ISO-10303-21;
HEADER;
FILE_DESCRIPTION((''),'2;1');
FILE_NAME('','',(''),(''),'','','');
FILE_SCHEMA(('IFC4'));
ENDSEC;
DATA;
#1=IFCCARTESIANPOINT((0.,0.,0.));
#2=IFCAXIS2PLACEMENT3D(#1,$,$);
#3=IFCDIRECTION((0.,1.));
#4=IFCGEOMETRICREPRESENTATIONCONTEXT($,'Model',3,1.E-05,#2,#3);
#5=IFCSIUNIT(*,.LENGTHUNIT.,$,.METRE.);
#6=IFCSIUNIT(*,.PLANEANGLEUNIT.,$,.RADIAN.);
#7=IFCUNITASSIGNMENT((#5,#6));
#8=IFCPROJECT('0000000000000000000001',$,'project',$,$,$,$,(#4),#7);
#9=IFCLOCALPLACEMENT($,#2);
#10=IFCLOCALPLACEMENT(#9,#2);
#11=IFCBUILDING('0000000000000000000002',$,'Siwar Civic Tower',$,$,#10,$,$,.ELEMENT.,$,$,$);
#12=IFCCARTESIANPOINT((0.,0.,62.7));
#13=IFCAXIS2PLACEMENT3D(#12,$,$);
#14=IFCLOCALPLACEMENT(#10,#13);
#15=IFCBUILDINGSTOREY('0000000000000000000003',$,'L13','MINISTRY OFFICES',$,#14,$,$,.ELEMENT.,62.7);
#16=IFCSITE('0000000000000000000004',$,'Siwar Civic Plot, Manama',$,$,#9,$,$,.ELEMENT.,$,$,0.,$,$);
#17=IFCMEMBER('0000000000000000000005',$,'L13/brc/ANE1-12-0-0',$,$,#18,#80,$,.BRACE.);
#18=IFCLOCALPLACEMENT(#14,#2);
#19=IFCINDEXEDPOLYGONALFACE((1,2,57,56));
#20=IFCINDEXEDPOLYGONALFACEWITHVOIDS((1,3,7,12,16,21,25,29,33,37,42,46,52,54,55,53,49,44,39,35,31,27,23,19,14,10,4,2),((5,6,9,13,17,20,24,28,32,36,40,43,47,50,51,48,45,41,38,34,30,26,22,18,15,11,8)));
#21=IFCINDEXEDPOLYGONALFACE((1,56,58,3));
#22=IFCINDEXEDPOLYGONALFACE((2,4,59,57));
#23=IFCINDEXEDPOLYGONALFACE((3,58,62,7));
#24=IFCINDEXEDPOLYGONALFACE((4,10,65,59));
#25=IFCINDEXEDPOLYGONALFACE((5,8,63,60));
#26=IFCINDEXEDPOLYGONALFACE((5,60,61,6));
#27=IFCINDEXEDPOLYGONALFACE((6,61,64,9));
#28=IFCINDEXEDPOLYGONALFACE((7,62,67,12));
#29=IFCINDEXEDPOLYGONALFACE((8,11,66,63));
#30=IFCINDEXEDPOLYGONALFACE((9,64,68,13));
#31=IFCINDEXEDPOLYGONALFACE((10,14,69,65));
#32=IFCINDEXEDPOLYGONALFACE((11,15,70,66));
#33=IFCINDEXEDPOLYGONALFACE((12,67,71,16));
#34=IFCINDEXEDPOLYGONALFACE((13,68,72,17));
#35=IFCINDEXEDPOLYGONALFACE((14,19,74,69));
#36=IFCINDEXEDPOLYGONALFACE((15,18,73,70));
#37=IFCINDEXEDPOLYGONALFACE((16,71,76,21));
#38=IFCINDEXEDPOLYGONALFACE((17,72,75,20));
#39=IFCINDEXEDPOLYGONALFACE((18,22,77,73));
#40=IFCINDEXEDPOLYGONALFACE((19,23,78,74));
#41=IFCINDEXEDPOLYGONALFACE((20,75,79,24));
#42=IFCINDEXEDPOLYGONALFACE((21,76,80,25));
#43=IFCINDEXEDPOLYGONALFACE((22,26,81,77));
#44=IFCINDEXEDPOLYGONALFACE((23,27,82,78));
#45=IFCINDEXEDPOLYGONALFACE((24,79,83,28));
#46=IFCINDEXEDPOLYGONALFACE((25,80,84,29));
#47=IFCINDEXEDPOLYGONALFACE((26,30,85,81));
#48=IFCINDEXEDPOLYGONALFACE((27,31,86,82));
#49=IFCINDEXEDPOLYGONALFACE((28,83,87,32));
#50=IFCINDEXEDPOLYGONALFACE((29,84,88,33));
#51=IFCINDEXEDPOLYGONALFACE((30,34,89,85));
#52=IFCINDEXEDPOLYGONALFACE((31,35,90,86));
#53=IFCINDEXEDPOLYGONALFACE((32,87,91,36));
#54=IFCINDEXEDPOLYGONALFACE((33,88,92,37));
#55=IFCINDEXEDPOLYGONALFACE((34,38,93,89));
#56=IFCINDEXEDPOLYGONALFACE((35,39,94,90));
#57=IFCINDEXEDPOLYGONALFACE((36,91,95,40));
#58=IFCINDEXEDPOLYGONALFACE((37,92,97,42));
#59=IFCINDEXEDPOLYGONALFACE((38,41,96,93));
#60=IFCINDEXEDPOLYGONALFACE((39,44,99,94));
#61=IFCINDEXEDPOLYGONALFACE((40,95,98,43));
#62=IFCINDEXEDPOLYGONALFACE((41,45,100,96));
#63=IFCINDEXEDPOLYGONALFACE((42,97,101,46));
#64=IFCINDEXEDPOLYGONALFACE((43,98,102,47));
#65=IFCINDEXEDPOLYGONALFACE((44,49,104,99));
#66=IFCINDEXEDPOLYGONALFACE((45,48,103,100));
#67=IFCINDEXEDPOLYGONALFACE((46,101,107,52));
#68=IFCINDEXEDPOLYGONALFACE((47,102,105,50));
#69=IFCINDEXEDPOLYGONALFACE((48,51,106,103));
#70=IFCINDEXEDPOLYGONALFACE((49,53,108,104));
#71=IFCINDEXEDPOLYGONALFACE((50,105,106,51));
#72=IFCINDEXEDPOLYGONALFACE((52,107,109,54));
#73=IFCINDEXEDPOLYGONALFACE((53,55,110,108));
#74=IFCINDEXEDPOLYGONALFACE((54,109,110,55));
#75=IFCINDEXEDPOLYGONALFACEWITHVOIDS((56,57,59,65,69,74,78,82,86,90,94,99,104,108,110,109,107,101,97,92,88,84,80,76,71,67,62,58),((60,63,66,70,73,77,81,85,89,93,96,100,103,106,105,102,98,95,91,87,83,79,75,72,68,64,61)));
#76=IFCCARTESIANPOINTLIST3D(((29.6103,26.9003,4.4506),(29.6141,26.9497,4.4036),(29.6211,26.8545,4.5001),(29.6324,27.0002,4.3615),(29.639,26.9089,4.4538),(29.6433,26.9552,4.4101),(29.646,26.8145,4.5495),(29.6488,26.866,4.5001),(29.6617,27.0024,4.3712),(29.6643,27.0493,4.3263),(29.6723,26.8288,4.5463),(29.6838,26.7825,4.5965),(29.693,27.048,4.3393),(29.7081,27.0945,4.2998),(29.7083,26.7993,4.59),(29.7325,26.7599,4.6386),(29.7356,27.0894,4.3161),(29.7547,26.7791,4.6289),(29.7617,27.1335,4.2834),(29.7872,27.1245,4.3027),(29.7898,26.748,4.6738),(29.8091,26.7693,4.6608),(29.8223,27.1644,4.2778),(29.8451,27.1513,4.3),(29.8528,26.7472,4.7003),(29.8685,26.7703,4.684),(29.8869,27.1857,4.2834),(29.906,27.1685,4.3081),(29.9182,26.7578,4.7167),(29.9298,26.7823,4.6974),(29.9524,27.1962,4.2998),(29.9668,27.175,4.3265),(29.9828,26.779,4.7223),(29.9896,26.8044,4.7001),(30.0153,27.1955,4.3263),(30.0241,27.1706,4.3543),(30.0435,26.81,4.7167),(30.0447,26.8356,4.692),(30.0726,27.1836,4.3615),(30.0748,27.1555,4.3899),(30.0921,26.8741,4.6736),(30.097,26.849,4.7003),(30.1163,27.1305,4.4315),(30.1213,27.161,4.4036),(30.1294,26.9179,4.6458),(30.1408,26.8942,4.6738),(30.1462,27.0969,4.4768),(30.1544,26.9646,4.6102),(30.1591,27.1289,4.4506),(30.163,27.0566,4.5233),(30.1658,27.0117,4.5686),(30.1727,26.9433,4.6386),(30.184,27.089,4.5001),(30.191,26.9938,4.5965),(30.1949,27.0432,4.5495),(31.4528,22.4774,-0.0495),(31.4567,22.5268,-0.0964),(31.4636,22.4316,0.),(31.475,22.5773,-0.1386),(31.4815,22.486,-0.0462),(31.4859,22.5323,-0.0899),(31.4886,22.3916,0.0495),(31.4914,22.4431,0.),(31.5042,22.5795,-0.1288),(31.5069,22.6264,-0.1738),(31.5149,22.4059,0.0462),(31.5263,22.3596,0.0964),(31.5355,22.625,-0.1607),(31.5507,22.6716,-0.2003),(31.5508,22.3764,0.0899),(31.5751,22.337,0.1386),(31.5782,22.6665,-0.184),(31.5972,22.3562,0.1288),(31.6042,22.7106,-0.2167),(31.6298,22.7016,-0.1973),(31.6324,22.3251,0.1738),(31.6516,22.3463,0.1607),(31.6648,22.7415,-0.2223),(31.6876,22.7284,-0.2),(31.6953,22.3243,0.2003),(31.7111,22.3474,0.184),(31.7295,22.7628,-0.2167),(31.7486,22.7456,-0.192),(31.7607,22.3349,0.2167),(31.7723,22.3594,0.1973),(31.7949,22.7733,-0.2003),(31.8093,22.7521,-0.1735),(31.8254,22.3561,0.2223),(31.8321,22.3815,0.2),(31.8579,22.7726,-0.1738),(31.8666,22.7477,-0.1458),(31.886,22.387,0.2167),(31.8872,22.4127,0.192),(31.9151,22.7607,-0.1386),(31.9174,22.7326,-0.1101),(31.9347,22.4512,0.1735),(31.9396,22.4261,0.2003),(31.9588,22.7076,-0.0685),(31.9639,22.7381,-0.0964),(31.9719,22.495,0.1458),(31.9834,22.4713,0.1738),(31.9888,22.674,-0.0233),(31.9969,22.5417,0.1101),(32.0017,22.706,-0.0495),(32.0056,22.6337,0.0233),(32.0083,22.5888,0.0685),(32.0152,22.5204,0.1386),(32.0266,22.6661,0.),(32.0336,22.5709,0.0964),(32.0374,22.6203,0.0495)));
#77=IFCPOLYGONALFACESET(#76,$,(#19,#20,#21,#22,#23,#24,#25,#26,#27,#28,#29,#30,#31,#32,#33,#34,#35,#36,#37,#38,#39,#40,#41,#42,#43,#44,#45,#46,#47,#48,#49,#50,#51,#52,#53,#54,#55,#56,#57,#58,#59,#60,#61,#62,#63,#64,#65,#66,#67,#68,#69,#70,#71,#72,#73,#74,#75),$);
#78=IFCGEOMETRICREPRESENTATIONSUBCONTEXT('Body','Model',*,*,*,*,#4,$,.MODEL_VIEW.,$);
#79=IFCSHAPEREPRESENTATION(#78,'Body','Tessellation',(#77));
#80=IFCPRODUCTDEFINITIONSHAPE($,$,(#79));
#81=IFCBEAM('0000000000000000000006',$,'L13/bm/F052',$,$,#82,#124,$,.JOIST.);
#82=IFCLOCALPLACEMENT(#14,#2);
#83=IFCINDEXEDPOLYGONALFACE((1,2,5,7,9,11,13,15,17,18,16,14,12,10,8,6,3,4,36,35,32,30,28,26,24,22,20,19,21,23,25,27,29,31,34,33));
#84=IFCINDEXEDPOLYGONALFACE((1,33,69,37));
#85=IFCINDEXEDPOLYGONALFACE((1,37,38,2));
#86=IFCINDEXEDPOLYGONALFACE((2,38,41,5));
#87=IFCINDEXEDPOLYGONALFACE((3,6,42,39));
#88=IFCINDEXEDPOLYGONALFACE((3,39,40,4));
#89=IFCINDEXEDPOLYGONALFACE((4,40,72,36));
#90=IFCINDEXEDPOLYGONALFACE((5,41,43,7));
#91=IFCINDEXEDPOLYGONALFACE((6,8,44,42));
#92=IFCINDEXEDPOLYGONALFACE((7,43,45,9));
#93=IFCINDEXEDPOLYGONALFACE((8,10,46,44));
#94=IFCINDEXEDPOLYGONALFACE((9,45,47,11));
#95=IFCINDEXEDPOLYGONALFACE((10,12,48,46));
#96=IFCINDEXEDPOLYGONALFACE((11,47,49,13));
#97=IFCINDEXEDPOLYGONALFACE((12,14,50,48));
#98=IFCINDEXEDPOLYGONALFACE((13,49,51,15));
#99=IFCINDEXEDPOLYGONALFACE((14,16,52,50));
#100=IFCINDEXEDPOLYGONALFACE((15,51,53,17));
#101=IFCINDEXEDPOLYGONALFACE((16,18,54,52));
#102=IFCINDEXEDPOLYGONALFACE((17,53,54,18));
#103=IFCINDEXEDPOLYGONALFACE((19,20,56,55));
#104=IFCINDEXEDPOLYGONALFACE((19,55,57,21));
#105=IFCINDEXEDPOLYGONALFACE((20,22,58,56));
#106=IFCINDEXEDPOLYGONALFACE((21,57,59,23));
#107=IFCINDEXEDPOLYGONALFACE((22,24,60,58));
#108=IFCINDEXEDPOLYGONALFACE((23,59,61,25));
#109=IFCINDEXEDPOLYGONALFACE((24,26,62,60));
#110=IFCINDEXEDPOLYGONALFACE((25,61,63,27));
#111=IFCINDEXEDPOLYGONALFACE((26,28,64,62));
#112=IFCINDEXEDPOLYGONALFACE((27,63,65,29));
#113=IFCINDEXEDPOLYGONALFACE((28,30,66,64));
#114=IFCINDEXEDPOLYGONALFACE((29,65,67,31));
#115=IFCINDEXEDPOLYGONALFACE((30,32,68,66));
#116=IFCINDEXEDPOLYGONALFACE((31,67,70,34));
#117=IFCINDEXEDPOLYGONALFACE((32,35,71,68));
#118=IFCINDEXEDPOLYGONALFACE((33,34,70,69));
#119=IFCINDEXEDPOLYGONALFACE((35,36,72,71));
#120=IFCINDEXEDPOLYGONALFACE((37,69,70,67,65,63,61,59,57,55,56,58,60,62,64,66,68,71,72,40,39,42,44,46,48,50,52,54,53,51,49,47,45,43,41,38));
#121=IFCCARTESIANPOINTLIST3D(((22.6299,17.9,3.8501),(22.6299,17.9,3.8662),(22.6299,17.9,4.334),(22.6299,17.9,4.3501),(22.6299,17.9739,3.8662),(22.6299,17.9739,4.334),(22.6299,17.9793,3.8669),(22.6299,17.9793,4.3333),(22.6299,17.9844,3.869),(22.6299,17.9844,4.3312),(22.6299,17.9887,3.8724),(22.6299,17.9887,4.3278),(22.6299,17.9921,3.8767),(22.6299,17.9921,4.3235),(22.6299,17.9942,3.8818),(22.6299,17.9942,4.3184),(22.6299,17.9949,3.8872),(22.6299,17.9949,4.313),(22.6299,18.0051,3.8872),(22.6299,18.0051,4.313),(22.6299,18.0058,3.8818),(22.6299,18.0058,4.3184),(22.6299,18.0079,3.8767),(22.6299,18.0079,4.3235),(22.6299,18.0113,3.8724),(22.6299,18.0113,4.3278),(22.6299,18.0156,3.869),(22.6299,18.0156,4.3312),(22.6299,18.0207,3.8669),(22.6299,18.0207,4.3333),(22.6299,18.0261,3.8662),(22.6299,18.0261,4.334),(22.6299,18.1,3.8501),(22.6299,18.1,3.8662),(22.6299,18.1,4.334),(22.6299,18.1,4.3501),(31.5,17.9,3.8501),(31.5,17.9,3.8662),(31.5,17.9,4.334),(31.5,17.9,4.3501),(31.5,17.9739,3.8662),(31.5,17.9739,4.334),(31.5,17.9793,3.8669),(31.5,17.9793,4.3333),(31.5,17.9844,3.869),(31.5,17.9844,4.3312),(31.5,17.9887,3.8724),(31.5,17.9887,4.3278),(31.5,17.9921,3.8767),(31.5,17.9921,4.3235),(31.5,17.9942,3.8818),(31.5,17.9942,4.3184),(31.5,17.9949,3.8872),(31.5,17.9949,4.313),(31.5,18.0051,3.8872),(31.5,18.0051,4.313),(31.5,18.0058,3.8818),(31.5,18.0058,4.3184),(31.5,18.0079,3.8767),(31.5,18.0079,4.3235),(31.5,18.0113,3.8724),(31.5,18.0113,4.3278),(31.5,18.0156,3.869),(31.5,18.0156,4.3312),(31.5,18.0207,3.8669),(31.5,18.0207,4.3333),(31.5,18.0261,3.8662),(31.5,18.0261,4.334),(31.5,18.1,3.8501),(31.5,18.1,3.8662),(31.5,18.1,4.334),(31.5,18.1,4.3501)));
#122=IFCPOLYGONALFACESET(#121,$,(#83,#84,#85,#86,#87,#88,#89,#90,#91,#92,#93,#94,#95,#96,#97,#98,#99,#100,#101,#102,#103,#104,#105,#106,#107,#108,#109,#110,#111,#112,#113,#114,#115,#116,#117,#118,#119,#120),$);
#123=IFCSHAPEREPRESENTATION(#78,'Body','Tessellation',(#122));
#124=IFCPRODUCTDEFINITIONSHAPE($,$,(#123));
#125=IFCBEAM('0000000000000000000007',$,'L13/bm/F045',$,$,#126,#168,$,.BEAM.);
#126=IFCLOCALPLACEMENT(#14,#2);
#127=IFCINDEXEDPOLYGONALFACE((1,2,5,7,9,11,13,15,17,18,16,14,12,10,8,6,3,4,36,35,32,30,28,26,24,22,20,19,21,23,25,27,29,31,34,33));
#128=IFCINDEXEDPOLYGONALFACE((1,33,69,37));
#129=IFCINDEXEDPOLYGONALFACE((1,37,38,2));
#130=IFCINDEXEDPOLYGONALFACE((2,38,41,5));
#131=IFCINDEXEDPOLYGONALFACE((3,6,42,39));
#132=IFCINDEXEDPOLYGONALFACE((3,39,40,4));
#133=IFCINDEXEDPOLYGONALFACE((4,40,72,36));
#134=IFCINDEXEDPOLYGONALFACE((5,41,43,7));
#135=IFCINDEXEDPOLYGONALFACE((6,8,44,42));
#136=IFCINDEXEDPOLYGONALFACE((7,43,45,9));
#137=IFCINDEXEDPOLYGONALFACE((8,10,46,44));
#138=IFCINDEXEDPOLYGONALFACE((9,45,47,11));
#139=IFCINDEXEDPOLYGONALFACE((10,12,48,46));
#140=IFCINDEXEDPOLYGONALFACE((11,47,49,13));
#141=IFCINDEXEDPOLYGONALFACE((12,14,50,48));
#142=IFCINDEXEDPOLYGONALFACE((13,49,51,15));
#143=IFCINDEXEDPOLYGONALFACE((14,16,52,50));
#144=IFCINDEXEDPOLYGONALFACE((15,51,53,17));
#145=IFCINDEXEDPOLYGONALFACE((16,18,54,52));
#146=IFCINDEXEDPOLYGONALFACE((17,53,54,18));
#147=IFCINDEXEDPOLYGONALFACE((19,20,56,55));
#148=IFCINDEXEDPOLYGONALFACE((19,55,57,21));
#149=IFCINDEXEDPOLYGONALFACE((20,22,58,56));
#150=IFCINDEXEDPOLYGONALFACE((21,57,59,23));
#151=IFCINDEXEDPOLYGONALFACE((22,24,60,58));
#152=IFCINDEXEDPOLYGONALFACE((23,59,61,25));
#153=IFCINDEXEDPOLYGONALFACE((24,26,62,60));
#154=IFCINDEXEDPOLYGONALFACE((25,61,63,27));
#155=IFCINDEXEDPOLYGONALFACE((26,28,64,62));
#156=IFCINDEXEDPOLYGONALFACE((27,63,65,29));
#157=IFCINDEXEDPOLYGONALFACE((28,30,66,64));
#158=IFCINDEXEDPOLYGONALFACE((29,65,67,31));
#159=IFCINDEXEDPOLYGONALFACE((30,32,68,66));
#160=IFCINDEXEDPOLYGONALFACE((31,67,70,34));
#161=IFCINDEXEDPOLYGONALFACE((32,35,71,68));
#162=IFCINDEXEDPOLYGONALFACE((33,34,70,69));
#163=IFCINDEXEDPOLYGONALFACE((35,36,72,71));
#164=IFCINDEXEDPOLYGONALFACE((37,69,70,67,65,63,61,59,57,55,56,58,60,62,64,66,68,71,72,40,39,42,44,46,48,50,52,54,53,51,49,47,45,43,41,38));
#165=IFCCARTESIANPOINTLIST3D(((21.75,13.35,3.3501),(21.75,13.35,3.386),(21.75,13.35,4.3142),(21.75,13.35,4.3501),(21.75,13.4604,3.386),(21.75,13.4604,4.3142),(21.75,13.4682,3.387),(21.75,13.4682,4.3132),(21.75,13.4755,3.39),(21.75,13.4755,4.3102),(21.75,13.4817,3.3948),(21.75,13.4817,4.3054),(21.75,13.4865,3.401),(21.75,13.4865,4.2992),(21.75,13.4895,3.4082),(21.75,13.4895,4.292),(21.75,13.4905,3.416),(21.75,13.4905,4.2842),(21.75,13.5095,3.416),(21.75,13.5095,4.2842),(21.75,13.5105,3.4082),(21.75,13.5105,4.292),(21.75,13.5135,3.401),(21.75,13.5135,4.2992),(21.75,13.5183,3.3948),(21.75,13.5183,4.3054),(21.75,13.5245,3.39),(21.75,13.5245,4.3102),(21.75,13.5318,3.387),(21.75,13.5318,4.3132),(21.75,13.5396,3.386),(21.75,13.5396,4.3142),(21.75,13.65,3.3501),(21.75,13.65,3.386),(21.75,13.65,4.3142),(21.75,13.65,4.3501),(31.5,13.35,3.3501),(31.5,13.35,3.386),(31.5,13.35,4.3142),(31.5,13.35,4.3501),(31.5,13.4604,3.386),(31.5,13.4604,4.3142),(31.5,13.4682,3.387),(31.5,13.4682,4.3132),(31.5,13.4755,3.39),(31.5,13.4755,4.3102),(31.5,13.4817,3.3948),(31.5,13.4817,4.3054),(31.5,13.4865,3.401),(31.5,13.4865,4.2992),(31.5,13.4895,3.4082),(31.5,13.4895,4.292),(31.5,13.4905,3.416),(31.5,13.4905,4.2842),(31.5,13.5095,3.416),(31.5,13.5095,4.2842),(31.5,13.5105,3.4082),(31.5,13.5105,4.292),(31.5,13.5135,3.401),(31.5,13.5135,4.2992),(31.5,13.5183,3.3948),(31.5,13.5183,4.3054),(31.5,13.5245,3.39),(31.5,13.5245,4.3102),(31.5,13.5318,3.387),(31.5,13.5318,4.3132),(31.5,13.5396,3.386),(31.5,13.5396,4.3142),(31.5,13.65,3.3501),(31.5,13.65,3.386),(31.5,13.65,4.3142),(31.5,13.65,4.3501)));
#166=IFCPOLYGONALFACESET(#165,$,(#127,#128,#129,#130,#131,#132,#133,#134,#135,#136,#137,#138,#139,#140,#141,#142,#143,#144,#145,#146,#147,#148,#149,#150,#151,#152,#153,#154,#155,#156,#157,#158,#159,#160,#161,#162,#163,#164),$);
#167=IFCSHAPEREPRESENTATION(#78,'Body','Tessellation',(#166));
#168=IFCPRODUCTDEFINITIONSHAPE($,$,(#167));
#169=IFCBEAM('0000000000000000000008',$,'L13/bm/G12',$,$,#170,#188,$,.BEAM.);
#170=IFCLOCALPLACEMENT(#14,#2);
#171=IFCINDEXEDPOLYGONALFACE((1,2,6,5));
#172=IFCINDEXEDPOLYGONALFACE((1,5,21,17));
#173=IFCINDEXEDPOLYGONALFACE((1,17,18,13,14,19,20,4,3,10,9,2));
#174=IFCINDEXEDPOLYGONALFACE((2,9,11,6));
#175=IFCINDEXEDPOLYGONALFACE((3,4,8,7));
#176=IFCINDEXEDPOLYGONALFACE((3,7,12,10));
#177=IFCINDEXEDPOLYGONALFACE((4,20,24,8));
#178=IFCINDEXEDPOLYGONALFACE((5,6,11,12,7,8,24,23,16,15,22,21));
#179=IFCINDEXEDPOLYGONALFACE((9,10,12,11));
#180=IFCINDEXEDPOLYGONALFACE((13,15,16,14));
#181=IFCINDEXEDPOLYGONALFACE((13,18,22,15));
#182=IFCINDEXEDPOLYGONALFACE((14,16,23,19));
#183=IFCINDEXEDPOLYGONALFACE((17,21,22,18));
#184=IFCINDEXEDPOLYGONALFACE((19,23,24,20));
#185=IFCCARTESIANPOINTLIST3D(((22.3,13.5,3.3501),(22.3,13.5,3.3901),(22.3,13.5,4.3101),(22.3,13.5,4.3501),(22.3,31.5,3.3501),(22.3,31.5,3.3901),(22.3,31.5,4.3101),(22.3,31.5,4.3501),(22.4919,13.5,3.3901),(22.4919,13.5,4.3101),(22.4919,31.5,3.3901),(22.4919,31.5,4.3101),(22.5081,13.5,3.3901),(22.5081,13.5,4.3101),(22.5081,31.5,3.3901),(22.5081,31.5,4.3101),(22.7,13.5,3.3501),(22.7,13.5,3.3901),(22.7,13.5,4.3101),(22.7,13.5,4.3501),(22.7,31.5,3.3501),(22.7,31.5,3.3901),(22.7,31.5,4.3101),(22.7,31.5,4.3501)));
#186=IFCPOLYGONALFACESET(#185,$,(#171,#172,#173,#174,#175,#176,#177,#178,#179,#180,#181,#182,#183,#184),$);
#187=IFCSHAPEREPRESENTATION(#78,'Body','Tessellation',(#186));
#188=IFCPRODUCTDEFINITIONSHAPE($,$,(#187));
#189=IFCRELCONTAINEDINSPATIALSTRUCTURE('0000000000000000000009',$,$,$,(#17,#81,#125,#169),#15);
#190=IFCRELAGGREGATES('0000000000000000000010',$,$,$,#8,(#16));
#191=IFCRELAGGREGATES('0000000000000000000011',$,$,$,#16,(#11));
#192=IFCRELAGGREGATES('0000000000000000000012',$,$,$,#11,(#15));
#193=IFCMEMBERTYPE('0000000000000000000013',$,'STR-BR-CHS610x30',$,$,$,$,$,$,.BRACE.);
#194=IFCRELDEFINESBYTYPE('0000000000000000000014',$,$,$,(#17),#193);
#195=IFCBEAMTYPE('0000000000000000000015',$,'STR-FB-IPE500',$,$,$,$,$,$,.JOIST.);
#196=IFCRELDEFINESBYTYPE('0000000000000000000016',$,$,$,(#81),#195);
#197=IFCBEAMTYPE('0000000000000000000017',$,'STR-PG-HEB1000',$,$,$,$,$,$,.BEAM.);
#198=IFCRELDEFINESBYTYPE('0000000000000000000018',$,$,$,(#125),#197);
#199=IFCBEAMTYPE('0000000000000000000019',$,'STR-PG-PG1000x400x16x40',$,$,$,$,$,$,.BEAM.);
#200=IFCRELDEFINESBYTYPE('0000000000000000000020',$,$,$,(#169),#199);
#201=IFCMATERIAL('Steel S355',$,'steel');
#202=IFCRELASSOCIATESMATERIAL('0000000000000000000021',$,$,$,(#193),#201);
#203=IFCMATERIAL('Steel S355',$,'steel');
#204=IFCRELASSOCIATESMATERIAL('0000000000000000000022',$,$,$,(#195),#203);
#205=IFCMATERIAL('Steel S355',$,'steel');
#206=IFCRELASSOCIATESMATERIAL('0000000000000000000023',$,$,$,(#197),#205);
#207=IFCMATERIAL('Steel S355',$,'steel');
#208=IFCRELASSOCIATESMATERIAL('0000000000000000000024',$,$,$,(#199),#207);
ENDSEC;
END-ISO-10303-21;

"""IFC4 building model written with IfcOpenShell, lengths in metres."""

from ifc_helpers import new_model, si_unit, direction, frame, origin, origin_2d, place, context, subcontext, project, spatial, hollow_circle, i_section, extrude, material, material_profile, profile_set, type_object, element, save


model = new_model("IFC4")

# Units and contexts
model_context = context("Model", 3, precision=1e-05, world=origin(), true_north=direction((0.0, 1.0)))
body_context = subcontext(model_context, "Body", "Model", "MODEL_VIEW")
ifc_project = project(units=[si_unit("LENGTHUNIT", "METRE"), si_unit("PLANEANGLEUNIT", "RADIAN")], contexts=[model_context])

# Site, building, storey
site_placement = place(None, origin())
site = spatial("IfcSite", under=ifc_project, at=site_placement, Name="Siwar Civic Plot, Manama", CompositionType="ELEMENT", RefElevation=0.0)
building_placement = place(site_placement, origin())
building = spatial("IfcBuilding", under=site, at=building_placement, Name="Siwar Civic Tower", CompositionType="ELEMENT")
storey_placement = place(building_placement, frame((0.0, 0.0, 62.7)))
storey = spatial("IfcBuildingStorey", under=building, at=storey_placement, Name="L13", Description="MINISTRY OFFICES", CompositionType="ELEMENT", Elevation=62.7)

# Member
ifc_material_1 = material(Name="Steel S355", Category="steel")
ifc_material_profile_1 = material_profile(ifc_material_1, hollow_circle(Radius=0.3049, WallThickness=0.03, at=origin_2d()), Name="CHS610x30")
ifc_profile_set_1 = profile_set([ifc_material_profile_1], Name="Steel S355")
member_type_1 = type_object("IfcMemberType", Name="STR-BR-CHS610x30", PredefinedType="BRACE", material=ifc_profile_set_1)
member_1_placement = place(storey_placement, frame((31.7451, 22.5488, 0.0), z_axis=(-0.280311, 0.672865, 0.684601), x_axis=(-0.923101, -0.384557, 0.0)))
element("IfcMember", 1, at=member_1_placement, inside=storey, type_object=member_type_1, Name="L13/brc/ANE1-12-0-0", PredefinedType="BRACE", context=body_context, shape_type="SweptSolid", body=[
    extrude(hollow_circle(Radius=0.3049, WallThickness=0.03, at=origin_2d()), origin(), (0.0, 0.0, 1.0), 6.5732),
])

# Beams
ifc_material_2 = material(Name="Steel S355", Category="steel")
ifc_material_profile_2 = material_profile(ifc_material_2, i_section(OverallWidth=0.2, OverallDepth=0.5, WebThickness=0.0103, FlangeThickness=0.0161, FilletRadius=0.021, at=origin_2d()), Name="IPE500")
ifc_profile_set_2 = profile_set([ifc_material_profile_2], Name="Steel S355")
beam_type_1 = type_object("IfcBeamType", Name="STR-FB-IPE500", PredefinedType="JOIST", material=ifc_profile_set_2)
beam_1_placement = place(storey_placement, frame((22.6299, 18.0, 4.1001), z_axis=(1.0, 0.0, 0.0), x_axis=(0.0, 1.0, 0.0)))
element("IfcBeam", 2, at=beam_1_placement, inside=storey, type_object=beam_type_1, Name="L13/bm/F052", PredefinedType="JOIST", context=body_context, shape_type="SweptSolid", body=[
    extrude(i_section(OverallWidth=0.2, OverallDepth=0.5, WebThickness=0.0103, FlangeThickness=0.0161, FilletRadius=0.021, at=origin_2d()), origin(), (0.0, 0.0, 1.0), 8.8701),
])
ifc_material_3 = material(Name="Steel S355", Category="steel")
ifc_material_profile_3 = material_profile(ifc_material_3, i_section(OverallWidth=0.3, OverallDepth=1.0, WebThickness=0.019, FlangeThickness=0.0359, FilletRadius=0.03, at=origin_2d()), Name="HEB1000")
ifc_profile_set_3 = profile_set([ifc_material_profile_3], Name="Steel S355")
beam_type_2 = type_object("IfcBeamType", Name="STR-PG-HEB1000", PredefinedType="BEAM", material=ifc_profile_set_3)
beam_2_placement = place(storey_placement, frame((21.75, 13.5, 3.8501), z_axis=(1.0, 0.0, 0.0), x_axis=(0.0, 1.0, 0.0)))
element("IfcBeam", 3, at=beam_2_placement, inside=storey, type_object=beam_type_2, Name="L13/bm/F045", PredefinedType="BEAM", context=body_context, shape_type="SweptSolid", body=[
    extrude(i_section(OverallWidth=0.3, OverallDepth=1.0, WebThickness=0.019, FlangeThickness=0.0359, FilletRadius=0.03, at=origin_2d()), origin(), (0.0, 0.0, 1.0), 9.75),
])
ifc_material_4 = material(Name="Steel S355", Category="steel")
ifc_material_profile_4 = material_profile(ifc_material_4, i_section(OverallWidth=0.3999, OverallDepth=1.0, WebThickness=0.0161, FlangeThickness=0.04, at=origin_2d()), Name="PG1000x400x16x40")
ifc_profile_set_4 = profile_set([ifc_material_profile_4], Name="Steel S355")
beam_type_3 = type_object("IfcBeamType", Name="STR-PG-PG1000x400x16x40", PredefinedType="BEAM", material=ifc_profile_set_4)
beam_3_placement = place(storey_placement, frame((22.5, 13.5, 3.8501), z_axis=(0.0, 1.0, 0.0), x_axis=(-1.0, 0.0, 0.0)))
element("IfcBeam", 4, at=beam_3_placement, inside=storey, type_object=beam_type_3, Name="L13/bm/G12", PredefinedType="BEAM", context=body_context, shape_type="SweptSolid", body=[
    extrude(i_section(OverallWidth=0.3999, OverallDepth=1.0, WebThickness=0.0161, FlangeThickness=0.04, at=origin_2d()), origin(), (0.0, 0.0, 1.0), 18.0),
])

save(model, "model.ifc")
